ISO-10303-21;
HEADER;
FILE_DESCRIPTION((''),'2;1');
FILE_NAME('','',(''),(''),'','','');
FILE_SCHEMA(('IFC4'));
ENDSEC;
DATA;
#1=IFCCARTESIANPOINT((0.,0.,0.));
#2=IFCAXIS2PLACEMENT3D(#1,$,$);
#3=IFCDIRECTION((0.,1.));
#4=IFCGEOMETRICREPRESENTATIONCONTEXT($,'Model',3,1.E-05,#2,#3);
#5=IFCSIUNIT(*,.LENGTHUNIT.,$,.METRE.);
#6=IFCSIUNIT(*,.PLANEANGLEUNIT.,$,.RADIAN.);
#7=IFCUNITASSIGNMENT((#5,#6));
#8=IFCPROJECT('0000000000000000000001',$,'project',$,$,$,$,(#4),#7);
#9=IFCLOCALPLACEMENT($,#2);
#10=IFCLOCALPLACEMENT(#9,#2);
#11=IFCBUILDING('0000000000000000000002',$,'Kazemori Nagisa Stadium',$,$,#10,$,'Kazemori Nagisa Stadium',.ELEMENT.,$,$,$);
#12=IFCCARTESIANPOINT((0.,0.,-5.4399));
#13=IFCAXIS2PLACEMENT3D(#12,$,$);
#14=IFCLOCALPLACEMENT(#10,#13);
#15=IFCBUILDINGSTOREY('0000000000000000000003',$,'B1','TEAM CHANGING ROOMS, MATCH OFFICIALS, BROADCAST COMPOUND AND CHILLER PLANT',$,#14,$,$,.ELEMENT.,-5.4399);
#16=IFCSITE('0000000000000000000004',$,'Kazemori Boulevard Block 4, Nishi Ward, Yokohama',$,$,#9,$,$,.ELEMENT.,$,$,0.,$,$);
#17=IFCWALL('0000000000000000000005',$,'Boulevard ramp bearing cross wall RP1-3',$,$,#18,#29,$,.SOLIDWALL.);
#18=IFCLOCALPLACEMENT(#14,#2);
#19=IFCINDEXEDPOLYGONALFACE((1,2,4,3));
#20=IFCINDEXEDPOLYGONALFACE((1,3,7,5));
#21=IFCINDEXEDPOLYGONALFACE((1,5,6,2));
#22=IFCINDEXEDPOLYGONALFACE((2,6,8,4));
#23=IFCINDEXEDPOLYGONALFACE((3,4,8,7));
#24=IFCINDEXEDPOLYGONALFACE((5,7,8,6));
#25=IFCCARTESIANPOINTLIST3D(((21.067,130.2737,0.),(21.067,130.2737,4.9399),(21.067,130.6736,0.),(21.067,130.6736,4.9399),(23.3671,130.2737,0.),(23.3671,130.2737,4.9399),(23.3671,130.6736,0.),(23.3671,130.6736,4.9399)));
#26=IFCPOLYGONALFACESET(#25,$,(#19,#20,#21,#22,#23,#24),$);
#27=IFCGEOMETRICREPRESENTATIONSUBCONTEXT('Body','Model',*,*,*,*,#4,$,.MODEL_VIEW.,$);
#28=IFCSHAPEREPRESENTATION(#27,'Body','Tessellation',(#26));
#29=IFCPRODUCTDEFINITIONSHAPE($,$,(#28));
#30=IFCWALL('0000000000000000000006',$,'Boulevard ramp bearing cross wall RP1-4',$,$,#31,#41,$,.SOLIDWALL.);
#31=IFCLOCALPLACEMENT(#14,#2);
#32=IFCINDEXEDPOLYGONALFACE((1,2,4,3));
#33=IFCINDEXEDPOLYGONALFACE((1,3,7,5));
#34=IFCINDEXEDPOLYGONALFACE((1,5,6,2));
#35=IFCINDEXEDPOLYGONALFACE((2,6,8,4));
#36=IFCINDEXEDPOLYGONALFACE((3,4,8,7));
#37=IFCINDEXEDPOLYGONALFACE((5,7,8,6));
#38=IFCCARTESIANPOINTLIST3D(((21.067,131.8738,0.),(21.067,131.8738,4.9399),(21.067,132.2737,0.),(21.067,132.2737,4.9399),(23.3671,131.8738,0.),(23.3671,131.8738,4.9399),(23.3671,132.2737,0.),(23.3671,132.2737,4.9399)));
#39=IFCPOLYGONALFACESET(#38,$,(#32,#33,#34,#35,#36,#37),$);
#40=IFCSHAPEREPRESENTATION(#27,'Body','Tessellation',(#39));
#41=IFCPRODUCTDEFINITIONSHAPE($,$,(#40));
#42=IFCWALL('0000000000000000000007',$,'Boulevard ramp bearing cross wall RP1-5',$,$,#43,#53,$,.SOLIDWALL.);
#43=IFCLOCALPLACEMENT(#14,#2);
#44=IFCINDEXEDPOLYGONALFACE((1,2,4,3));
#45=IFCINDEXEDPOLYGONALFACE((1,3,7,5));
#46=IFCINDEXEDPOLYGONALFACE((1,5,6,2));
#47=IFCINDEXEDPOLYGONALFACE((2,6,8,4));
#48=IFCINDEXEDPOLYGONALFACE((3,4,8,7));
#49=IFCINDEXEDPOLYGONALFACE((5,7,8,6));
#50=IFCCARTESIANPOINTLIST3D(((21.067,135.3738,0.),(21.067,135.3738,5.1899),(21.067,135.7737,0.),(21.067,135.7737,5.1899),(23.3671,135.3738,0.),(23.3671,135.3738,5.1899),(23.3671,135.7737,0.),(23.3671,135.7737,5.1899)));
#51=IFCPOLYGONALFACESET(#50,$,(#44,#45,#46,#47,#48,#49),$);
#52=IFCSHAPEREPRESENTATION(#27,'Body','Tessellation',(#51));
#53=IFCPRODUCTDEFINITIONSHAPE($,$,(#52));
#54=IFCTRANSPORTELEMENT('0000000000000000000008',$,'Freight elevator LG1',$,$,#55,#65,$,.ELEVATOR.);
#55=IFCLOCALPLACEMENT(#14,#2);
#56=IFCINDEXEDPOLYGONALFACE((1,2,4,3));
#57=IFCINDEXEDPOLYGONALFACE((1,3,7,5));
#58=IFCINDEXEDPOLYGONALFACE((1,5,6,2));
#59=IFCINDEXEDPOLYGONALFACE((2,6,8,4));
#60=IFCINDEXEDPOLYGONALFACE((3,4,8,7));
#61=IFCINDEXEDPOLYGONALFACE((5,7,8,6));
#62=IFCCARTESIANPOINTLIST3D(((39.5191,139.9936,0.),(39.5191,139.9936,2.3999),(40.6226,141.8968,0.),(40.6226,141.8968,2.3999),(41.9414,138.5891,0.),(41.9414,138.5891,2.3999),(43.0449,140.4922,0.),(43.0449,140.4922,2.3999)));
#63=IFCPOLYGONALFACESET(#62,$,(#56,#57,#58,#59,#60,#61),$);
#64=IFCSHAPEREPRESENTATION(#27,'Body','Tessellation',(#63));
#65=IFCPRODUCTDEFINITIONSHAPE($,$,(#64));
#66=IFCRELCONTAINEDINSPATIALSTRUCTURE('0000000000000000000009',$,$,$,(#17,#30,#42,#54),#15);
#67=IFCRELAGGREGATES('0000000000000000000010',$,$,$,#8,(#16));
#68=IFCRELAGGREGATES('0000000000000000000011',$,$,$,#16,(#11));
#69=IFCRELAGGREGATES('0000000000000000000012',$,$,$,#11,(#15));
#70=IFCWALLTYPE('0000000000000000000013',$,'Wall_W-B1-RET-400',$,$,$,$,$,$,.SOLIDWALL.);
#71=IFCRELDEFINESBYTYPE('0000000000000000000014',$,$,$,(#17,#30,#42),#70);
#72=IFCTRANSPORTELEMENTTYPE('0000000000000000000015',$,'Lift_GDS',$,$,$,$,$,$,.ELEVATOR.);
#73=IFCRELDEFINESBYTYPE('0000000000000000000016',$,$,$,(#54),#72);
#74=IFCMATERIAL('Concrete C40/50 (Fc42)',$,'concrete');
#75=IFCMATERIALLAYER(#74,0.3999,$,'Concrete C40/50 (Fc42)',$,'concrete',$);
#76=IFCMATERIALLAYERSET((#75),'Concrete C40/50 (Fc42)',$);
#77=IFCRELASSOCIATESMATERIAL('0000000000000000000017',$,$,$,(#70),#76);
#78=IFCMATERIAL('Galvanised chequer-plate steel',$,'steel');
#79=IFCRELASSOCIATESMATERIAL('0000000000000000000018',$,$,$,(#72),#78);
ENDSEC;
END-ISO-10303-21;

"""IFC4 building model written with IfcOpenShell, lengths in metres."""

from ifc_helpers import new_model, si_unit, direction, frame, frame_2d, origin, origin_2d, place, context, subcontext, project, spatial, rectangle, extrude, material, layer, layer_set, type_object, element, save


model = new_model("IFC4")

# Units and contexts
model_context = context("Model", 3, precision=1e-05, world=origin(), true_north=direction((0.0, 1.0)))
body_context = subcontext(model_context, "Body", "Model", "MODEL_VIEW")
ifc_project = project(units=[si_unit("LENGTHUNIT", "METRE"), si_unit("PLANEANGLEUNIT", "RADIAN")], contexts=[model_context])

# Site, building, storey
site_placement = place(None, origin())
site = spatial("IfcSite", under=ifc_project, at=site_placement, Name="Kazemori Boulevard Block 4, Nishi Ward, Yokohama", CompositionType="ELEMENT", RefElevation=0.0)
building_placement = place(site_placement, origin())
building = spatial("IfcBuilding", under=site, at=building_placement, Name="Kazemori Nagisa Stadium", LongName="Kazemori Nagisa Stadium", CompositionType="ELEMENT")
storey_placement = place(building_placement, frame((0.0, 0.0, -5.4399)))
storey = spatial("IfcBuildingStorey", under=building, at=storey_placement, Name="B1", Description="TEAM CHANGING ROOMS, MATCH OFFICIALS, BROADCAST COMPOUND AND CHILLER PLANT", CompositionType="ELEMENT", Elevation=-5.4399)

# Shared definitions
ifc_material_1 = material(Name="Concrete C40/50 (Fc42)", Category="concrete")

# Walls
ifc_layer = layer(ifc_material_1, 0.3999, Name="Concrete C40/50 (Fc42)", Category="concrete")
ifc_layer_set = layer_set([ifc_layer], Name="Concrete C40/50 (Fc42)")
wall_type = type_object("IfcWallType", Name="Wall_W-B1-RET-400", PredefinedType="SOLIDWALL", material=ifc_layer_set)
for number, where, z_axis, x_axis, name in (
    (1, (21.0671, 130.4736, 0.0), (0.0, 0.0, 1.0), (1.0, 0.0, 0.0), "Boulevard ramp bearing cross wall RP1-3"),
    (2, (21.0671, 132.0737, 0.0), (0.0, 0.0, 1.0), (1.0, 0.0, 0.0), "Boulevard ramp bearing cross wall RP1-4"),
):
    element("IfcWall", number, at=place(storey_placement, frame(where, z_axis=z_axis, x_axis=x_axis)), inside=storey, type_object=wall_type, Name=name, PredefinedType="SOLIDWALL", context=body_context, shape_type="SweptSolid", body=[
        extrude(rectangle(XDim=2.3, YDim=0.3999, at=frame_2d((1.1499, 0.0))), origin(), (0.0, 0.0, 1.0), 4.9399),
    ])
wall_1_placement = place(storey_placement, frame((21.0671, 135.5737, 0.0), z_axis=(0.0, 0.0, 1.0), x_axis=(1.0, 0.0, 0.0)))
element("IfcWall", 3, at=wall_1_placement, inside=storey, type_object=wall_type, Name="Boulevard ramp bearing cross wall RP1-5", PredefinedType="SOLIDWALL", context=body_context, shape_type="SweptSolid", body=[
    extrude(rectangle(XDim=2.3, YDim=0.3999, at=frame_2d((1.1499, 0.0))), origin(), (0.0, 0.0, 1.0), 5.1899),
])

# Transport element
ifc_material_2 = material(Name="Galvanised chequer-plate steel", Category="steel")
transport_element_type = type_object("IfcTransportElementType", Name="Lift_GDS", PredefinedType="ELEVATOR", material=ifc_material_2)
transport_element_placement = place(storey_placement, frame((41.282, 140.2429, 0.0), z_axis=(0.0, 0.0, 1.0), x_axis=(-0.501612, -0.865093, 0.0)))
element("IfcTransportElement", 4, at=transport_element_placement, inside=storey, type_object=transport_element_type, Name="Freight elevator LG1", PredefinedType="ELEVATOR", context=body_context, shape_type="SweptSolid", body=[
    extrude(rectangle(XDim=2.2, YDim=2.8, at=origin_2d()), origin(), (0.0, 0.0, 1.0), 2.3999),
])

save(model, "model.ifc")
